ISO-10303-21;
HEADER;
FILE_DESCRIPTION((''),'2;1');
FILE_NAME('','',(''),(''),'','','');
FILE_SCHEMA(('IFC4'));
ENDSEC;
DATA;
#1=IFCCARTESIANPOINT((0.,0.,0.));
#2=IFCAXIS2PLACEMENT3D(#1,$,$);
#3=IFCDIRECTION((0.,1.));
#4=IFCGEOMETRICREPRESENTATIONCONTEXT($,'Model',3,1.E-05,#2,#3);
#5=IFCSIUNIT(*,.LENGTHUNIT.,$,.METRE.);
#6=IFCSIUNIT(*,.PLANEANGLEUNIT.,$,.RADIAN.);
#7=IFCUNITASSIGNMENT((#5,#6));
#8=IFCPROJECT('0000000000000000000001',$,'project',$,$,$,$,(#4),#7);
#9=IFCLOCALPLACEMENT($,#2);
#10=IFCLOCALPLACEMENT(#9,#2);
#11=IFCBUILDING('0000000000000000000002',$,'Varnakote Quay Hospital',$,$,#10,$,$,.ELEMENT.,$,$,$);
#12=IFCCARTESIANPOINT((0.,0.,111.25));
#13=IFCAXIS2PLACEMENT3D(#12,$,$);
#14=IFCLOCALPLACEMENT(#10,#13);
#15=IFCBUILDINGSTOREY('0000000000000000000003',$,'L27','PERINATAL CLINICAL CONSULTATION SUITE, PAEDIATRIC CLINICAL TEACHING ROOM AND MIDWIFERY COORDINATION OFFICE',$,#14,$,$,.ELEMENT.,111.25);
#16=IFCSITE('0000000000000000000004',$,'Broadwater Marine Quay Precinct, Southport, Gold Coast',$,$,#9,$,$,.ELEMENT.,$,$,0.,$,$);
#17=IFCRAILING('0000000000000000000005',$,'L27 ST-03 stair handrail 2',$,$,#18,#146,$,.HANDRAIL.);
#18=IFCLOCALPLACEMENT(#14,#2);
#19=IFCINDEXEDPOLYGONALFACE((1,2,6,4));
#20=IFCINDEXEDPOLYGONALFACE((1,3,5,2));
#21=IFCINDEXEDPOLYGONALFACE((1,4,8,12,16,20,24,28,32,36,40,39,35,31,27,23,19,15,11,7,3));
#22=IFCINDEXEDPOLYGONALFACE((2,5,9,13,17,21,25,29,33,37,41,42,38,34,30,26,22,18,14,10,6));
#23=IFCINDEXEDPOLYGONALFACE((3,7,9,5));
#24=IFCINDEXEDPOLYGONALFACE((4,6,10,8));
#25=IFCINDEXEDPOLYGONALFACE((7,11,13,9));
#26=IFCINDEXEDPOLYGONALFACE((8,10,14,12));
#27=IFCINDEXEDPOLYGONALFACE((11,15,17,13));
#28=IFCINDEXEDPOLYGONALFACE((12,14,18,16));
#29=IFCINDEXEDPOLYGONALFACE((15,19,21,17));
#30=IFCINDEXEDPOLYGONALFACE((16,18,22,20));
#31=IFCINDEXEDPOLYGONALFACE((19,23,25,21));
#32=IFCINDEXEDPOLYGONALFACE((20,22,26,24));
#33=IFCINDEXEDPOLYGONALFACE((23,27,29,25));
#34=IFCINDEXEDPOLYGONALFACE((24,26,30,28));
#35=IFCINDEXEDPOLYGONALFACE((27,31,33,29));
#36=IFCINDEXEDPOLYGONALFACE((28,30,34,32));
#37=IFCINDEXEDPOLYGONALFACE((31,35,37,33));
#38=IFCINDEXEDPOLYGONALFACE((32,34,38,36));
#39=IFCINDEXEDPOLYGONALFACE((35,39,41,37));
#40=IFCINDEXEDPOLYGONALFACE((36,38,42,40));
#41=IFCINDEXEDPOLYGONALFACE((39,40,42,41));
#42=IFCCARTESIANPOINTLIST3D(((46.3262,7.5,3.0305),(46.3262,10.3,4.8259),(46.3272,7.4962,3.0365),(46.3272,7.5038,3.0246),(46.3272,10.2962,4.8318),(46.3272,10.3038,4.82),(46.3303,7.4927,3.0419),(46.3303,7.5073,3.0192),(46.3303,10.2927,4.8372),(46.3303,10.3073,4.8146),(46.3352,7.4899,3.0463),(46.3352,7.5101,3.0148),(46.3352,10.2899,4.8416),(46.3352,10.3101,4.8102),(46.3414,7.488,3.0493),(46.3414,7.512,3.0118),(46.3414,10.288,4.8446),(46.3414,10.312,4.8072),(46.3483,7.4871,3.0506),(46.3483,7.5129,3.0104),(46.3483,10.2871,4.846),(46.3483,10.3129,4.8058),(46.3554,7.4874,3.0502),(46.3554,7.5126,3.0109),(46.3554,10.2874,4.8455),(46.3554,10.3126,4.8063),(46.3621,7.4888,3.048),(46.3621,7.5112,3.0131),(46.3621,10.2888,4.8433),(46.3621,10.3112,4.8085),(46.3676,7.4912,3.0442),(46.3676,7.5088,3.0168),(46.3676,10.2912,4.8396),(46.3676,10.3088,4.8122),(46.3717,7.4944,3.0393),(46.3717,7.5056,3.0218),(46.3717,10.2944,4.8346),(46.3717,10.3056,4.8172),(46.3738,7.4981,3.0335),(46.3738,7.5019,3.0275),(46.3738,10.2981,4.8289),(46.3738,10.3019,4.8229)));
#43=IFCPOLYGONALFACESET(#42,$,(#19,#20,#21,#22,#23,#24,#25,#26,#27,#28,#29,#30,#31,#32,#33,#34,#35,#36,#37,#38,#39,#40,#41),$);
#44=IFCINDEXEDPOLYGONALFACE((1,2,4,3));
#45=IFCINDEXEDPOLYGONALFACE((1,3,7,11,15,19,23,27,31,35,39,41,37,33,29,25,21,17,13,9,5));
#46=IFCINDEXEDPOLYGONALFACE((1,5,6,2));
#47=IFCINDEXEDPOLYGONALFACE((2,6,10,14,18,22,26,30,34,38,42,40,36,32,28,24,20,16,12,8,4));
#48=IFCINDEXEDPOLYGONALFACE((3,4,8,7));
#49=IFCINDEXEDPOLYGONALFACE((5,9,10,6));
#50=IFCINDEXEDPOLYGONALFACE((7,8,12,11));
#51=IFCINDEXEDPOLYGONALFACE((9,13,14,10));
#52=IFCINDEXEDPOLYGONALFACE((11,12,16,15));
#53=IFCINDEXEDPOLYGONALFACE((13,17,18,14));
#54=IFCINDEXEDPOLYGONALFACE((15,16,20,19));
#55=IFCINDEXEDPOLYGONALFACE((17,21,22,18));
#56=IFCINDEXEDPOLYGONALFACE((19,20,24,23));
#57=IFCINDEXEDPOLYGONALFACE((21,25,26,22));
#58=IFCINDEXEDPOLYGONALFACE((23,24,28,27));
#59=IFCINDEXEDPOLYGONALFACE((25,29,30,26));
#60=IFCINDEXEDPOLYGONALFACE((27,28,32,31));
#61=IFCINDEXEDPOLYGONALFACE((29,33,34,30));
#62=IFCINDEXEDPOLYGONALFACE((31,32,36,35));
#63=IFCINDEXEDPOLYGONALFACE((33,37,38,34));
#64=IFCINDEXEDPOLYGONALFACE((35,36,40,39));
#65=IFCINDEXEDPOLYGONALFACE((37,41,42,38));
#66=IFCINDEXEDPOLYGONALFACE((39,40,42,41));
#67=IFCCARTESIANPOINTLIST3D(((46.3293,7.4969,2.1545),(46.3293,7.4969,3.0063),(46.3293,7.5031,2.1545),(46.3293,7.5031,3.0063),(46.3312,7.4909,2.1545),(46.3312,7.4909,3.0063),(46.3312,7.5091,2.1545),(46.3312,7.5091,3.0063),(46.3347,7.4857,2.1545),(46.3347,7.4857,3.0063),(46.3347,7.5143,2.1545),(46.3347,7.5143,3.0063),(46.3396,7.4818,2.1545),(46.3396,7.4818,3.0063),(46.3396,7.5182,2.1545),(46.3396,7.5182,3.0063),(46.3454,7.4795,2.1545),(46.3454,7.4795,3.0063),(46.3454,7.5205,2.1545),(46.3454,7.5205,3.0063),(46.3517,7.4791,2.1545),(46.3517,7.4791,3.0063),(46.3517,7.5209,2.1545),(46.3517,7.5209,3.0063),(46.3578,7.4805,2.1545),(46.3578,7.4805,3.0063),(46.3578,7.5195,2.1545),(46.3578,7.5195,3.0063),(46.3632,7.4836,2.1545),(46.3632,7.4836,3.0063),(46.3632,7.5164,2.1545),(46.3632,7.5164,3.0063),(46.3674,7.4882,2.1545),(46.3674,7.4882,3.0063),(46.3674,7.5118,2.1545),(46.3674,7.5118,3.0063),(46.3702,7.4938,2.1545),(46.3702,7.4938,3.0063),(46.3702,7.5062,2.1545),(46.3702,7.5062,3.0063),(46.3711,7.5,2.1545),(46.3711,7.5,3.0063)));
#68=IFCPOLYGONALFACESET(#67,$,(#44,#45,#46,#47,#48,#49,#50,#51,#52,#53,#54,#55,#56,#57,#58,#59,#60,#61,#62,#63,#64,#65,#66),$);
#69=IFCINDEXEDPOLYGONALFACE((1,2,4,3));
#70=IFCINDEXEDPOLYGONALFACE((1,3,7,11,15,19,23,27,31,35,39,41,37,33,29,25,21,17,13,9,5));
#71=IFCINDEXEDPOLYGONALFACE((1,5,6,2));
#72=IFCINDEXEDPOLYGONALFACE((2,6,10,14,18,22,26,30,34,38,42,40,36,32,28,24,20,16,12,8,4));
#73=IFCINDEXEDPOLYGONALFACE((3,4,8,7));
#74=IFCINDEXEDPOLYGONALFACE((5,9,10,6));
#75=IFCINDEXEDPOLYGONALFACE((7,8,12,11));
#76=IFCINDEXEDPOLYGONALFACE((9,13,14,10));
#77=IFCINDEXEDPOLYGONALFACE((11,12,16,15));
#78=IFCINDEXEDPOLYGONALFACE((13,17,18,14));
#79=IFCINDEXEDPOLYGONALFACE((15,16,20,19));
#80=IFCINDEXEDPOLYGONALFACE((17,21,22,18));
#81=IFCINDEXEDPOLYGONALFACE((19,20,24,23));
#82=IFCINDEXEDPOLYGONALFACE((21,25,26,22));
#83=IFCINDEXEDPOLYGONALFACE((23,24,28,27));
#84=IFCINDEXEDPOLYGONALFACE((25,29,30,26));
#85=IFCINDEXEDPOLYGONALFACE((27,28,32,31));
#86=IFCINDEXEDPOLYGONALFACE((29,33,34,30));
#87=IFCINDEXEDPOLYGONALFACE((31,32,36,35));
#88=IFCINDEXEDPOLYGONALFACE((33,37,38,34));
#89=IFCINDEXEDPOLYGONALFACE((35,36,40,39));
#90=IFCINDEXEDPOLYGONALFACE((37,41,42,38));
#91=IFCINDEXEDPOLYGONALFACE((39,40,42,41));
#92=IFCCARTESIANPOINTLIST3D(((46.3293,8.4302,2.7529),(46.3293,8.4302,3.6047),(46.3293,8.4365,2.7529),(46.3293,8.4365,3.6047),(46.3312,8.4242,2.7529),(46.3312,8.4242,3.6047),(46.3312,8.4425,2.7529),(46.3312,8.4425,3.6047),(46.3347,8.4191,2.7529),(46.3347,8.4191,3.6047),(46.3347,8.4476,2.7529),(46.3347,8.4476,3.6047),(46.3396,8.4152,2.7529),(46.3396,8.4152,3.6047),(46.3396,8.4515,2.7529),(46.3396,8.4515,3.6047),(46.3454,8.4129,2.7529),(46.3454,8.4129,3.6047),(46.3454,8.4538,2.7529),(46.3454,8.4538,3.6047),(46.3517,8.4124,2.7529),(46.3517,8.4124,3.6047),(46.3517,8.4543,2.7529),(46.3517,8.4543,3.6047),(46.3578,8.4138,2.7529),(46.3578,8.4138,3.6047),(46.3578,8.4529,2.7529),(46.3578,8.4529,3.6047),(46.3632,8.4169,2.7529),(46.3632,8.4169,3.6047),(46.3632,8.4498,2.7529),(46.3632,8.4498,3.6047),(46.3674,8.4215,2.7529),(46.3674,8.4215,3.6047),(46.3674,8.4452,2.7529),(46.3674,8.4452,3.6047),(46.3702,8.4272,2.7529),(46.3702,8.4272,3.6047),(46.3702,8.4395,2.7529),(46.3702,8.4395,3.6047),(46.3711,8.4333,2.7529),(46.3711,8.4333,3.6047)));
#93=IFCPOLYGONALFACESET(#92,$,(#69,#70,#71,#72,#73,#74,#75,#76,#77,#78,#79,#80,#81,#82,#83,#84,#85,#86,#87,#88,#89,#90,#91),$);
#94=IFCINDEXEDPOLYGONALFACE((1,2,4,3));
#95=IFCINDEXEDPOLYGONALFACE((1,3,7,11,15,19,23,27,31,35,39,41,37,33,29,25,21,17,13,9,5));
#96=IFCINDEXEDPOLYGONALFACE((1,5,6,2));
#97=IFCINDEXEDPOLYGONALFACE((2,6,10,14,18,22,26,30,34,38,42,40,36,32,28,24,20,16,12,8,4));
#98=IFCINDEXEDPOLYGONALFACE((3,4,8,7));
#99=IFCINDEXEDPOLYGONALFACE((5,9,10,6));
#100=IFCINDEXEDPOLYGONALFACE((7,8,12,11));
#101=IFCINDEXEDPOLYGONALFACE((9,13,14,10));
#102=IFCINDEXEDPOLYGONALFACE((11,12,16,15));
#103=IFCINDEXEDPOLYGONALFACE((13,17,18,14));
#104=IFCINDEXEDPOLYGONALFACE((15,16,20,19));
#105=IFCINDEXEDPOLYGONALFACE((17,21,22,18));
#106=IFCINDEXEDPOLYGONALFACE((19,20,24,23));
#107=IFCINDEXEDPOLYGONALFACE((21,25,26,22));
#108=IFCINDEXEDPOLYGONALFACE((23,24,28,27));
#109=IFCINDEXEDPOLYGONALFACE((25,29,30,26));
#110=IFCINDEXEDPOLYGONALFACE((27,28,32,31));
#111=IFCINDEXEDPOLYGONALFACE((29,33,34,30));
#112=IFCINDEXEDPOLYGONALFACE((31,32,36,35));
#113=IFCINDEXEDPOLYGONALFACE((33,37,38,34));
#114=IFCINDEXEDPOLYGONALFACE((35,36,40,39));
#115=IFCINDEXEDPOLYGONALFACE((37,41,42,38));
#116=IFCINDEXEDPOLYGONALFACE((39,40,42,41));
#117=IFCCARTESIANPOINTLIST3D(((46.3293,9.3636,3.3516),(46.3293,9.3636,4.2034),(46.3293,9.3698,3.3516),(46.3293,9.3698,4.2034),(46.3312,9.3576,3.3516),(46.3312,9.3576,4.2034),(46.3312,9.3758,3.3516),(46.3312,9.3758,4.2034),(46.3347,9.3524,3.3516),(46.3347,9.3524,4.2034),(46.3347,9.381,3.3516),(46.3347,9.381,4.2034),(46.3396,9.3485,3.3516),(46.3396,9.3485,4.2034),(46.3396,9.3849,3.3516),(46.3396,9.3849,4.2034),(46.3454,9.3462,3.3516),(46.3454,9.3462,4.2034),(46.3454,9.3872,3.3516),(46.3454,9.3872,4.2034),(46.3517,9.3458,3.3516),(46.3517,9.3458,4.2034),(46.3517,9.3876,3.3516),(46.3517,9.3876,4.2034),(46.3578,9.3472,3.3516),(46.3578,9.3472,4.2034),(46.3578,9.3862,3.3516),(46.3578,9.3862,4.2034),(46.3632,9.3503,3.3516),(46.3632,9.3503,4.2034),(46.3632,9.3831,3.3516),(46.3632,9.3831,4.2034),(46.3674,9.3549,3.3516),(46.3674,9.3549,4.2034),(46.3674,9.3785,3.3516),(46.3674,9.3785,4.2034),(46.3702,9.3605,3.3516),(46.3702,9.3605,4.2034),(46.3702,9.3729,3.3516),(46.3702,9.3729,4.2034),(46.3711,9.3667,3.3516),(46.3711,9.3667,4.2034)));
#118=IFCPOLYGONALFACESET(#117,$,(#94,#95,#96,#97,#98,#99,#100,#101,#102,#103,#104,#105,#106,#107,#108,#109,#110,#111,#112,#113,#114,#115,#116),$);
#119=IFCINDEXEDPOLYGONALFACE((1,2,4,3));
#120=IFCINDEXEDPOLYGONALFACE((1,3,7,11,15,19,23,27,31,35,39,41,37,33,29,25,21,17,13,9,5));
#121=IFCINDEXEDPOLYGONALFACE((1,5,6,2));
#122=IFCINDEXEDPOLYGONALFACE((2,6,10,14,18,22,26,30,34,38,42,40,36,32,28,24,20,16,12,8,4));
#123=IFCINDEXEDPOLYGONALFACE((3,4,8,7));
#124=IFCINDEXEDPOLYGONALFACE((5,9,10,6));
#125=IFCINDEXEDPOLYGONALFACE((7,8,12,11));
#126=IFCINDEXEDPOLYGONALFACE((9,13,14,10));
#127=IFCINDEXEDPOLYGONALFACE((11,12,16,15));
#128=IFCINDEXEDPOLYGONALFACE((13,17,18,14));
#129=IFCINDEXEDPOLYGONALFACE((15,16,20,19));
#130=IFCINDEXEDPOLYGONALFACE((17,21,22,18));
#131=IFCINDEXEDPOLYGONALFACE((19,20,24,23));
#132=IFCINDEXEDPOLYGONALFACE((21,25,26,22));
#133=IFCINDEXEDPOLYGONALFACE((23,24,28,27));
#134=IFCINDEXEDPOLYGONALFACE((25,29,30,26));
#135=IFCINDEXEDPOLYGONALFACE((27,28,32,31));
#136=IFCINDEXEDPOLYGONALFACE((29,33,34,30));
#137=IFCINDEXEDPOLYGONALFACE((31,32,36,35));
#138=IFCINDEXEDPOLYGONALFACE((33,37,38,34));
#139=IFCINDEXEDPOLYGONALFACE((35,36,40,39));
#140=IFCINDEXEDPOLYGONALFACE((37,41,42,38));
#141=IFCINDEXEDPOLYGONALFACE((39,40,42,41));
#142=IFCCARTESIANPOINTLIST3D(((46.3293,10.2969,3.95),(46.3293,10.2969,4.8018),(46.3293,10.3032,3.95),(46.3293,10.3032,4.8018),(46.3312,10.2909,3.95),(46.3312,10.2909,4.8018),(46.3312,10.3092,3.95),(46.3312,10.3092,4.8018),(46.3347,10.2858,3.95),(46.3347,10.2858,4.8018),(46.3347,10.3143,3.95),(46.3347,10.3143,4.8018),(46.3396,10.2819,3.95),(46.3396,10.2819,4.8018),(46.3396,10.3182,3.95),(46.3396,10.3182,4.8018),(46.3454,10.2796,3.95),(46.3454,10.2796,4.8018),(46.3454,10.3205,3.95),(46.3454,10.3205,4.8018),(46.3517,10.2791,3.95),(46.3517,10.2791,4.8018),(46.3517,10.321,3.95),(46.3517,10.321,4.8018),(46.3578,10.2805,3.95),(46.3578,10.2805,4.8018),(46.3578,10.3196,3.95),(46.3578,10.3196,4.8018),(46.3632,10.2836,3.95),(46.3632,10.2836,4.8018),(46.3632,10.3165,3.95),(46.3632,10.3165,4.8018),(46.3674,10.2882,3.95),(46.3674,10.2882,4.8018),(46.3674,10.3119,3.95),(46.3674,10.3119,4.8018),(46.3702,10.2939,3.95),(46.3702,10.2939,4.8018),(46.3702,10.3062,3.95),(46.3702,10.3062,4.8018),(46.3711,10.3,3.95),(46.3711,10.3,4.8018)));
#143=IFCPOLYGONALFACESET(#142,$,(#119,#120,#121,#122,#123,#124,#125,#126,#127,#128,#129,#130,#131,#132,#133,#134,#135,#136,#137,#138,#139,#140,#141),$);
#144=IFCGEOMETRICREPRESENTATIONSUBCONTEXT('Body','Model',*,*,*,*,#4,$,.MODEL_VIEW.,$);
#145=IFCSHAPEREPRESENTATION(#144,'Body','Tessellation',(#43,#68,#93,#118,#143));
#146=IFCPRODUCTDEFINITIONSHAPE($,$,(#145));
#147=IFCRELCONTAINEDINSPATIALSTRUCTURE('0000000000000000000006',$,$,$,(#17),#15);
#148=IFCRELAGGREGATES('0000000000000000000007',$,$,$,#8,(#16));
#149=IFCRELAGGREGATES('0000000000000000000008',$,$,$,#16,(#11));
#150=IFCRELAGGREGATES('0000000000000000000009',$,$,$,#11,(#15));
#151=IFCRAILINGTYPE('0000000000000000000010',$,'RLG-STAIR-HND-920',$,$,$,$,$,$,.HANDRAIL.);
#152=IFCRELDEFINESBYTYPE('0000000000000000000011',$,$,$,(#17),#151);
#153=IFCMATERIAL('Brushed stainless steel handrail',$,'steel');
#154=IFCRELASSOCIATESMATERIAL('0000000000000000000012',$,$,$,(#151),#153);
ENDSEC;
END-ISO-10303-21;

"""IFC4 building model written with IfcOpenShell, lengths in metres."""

from ifc_helpers import new_model, si_unit, direction, frame, origin, origin_2d, place, context, subcontext, project, spatial, circle, extrude, material, type_object, element, save


model = new_model("IFC4")

# Units and contexts
model_context = context("Model", 3, precision=1e-05, world=origin(), true_north=direction((0.0, 1.0)))
body_context = subcontext(model_context, "Body", "Model", "MODEL_VIEW")
ifc_project = project(units=[si_unit("LENGTHUNIT", "METRE"), si_unit("PLANEANGLEUNIT", "RADIAN")], contexts=[model_context])

# Site, building, storey
site_placement = place(None, origin())
site = spatial("IfcSite", under=ifc_project, at=site_placement, Name="Broadwater Marine Quay Precinct, Southport, Gold Coast", CompositionType="ELEMENT", RefElevation=0.0)
building_placement = place(site_placement, origin())
building = spatial("IfcBuilding", under=site, at=building_placement, Name="Varnakote Quay Hospital", CompositionType="ELEMENT")
storey_placement = place(building_placement, frame((0.0, 0.0, 111.25)))
storey = spatial("IfcBuildingStorey", under=building, at=storey_placement, Name="L27", Description="PERINATAL CLINICAL CONSULTATION SUITE, PAEDIATRIC CLINICAL TEACHING ROOM AND MIDWIFERY COORDINATION OFFICE", CompositionType="ELEMENT", Elevation=111.25)

# Railing
ifc_material_1 = material(Name="Brushed stainless steel handrail", Category="steel")
railing_type_1 = type_object("IfcRailingType", Name="RLG-STAIR-HND-920", PredefinedType="HANDRAIL", material=ifc_material_1)
railing_1_placement = place(storey_placement, frame((46.3501, 7.5, 2.1545)))
element("IfcRailing", 1, at=railing_1_placement, inside=storey, type_object=railing_type_1, Name="L27 ST-03 stair handrail 2", PredefinedType="HANDRAIL", context=body_context, shape_type="SweptSolid", body=[
    extrude(circle(Radius=0.0239, at=origin_2d()), frame((0.0, 0.0, 0.876), z_axis=(0.0, 0.84181, 0.539774), x_axis=(-1.0, 0.0, 0.0)), (0.0, 0.0, 1.0), 3.3262),
    extrude(circle(Radius=0.021, at=origin_2d()), origin(), (0.0, 0.0, 1.0), 0.8518),
    extrude(circle(Radius=0.021, at=origin_2d()), frame((0.0, 0.9333, 0.5984)), (0.0, 0.0, 1.0), 0.8518),
    extrude(circle(Radius=0.021, at=origin_2d()), frame((0.0, 1.8667, 1.197)), (0.0, 0.0, 1.0), 0.8518),
    extrude(circle(Radius=0.021, at=origin_2d()), frame((0.0, 2.8, 1.7954)), (0.0, 0.0, 1.0), 0.8518),
])

save(model, "model.ifc")
